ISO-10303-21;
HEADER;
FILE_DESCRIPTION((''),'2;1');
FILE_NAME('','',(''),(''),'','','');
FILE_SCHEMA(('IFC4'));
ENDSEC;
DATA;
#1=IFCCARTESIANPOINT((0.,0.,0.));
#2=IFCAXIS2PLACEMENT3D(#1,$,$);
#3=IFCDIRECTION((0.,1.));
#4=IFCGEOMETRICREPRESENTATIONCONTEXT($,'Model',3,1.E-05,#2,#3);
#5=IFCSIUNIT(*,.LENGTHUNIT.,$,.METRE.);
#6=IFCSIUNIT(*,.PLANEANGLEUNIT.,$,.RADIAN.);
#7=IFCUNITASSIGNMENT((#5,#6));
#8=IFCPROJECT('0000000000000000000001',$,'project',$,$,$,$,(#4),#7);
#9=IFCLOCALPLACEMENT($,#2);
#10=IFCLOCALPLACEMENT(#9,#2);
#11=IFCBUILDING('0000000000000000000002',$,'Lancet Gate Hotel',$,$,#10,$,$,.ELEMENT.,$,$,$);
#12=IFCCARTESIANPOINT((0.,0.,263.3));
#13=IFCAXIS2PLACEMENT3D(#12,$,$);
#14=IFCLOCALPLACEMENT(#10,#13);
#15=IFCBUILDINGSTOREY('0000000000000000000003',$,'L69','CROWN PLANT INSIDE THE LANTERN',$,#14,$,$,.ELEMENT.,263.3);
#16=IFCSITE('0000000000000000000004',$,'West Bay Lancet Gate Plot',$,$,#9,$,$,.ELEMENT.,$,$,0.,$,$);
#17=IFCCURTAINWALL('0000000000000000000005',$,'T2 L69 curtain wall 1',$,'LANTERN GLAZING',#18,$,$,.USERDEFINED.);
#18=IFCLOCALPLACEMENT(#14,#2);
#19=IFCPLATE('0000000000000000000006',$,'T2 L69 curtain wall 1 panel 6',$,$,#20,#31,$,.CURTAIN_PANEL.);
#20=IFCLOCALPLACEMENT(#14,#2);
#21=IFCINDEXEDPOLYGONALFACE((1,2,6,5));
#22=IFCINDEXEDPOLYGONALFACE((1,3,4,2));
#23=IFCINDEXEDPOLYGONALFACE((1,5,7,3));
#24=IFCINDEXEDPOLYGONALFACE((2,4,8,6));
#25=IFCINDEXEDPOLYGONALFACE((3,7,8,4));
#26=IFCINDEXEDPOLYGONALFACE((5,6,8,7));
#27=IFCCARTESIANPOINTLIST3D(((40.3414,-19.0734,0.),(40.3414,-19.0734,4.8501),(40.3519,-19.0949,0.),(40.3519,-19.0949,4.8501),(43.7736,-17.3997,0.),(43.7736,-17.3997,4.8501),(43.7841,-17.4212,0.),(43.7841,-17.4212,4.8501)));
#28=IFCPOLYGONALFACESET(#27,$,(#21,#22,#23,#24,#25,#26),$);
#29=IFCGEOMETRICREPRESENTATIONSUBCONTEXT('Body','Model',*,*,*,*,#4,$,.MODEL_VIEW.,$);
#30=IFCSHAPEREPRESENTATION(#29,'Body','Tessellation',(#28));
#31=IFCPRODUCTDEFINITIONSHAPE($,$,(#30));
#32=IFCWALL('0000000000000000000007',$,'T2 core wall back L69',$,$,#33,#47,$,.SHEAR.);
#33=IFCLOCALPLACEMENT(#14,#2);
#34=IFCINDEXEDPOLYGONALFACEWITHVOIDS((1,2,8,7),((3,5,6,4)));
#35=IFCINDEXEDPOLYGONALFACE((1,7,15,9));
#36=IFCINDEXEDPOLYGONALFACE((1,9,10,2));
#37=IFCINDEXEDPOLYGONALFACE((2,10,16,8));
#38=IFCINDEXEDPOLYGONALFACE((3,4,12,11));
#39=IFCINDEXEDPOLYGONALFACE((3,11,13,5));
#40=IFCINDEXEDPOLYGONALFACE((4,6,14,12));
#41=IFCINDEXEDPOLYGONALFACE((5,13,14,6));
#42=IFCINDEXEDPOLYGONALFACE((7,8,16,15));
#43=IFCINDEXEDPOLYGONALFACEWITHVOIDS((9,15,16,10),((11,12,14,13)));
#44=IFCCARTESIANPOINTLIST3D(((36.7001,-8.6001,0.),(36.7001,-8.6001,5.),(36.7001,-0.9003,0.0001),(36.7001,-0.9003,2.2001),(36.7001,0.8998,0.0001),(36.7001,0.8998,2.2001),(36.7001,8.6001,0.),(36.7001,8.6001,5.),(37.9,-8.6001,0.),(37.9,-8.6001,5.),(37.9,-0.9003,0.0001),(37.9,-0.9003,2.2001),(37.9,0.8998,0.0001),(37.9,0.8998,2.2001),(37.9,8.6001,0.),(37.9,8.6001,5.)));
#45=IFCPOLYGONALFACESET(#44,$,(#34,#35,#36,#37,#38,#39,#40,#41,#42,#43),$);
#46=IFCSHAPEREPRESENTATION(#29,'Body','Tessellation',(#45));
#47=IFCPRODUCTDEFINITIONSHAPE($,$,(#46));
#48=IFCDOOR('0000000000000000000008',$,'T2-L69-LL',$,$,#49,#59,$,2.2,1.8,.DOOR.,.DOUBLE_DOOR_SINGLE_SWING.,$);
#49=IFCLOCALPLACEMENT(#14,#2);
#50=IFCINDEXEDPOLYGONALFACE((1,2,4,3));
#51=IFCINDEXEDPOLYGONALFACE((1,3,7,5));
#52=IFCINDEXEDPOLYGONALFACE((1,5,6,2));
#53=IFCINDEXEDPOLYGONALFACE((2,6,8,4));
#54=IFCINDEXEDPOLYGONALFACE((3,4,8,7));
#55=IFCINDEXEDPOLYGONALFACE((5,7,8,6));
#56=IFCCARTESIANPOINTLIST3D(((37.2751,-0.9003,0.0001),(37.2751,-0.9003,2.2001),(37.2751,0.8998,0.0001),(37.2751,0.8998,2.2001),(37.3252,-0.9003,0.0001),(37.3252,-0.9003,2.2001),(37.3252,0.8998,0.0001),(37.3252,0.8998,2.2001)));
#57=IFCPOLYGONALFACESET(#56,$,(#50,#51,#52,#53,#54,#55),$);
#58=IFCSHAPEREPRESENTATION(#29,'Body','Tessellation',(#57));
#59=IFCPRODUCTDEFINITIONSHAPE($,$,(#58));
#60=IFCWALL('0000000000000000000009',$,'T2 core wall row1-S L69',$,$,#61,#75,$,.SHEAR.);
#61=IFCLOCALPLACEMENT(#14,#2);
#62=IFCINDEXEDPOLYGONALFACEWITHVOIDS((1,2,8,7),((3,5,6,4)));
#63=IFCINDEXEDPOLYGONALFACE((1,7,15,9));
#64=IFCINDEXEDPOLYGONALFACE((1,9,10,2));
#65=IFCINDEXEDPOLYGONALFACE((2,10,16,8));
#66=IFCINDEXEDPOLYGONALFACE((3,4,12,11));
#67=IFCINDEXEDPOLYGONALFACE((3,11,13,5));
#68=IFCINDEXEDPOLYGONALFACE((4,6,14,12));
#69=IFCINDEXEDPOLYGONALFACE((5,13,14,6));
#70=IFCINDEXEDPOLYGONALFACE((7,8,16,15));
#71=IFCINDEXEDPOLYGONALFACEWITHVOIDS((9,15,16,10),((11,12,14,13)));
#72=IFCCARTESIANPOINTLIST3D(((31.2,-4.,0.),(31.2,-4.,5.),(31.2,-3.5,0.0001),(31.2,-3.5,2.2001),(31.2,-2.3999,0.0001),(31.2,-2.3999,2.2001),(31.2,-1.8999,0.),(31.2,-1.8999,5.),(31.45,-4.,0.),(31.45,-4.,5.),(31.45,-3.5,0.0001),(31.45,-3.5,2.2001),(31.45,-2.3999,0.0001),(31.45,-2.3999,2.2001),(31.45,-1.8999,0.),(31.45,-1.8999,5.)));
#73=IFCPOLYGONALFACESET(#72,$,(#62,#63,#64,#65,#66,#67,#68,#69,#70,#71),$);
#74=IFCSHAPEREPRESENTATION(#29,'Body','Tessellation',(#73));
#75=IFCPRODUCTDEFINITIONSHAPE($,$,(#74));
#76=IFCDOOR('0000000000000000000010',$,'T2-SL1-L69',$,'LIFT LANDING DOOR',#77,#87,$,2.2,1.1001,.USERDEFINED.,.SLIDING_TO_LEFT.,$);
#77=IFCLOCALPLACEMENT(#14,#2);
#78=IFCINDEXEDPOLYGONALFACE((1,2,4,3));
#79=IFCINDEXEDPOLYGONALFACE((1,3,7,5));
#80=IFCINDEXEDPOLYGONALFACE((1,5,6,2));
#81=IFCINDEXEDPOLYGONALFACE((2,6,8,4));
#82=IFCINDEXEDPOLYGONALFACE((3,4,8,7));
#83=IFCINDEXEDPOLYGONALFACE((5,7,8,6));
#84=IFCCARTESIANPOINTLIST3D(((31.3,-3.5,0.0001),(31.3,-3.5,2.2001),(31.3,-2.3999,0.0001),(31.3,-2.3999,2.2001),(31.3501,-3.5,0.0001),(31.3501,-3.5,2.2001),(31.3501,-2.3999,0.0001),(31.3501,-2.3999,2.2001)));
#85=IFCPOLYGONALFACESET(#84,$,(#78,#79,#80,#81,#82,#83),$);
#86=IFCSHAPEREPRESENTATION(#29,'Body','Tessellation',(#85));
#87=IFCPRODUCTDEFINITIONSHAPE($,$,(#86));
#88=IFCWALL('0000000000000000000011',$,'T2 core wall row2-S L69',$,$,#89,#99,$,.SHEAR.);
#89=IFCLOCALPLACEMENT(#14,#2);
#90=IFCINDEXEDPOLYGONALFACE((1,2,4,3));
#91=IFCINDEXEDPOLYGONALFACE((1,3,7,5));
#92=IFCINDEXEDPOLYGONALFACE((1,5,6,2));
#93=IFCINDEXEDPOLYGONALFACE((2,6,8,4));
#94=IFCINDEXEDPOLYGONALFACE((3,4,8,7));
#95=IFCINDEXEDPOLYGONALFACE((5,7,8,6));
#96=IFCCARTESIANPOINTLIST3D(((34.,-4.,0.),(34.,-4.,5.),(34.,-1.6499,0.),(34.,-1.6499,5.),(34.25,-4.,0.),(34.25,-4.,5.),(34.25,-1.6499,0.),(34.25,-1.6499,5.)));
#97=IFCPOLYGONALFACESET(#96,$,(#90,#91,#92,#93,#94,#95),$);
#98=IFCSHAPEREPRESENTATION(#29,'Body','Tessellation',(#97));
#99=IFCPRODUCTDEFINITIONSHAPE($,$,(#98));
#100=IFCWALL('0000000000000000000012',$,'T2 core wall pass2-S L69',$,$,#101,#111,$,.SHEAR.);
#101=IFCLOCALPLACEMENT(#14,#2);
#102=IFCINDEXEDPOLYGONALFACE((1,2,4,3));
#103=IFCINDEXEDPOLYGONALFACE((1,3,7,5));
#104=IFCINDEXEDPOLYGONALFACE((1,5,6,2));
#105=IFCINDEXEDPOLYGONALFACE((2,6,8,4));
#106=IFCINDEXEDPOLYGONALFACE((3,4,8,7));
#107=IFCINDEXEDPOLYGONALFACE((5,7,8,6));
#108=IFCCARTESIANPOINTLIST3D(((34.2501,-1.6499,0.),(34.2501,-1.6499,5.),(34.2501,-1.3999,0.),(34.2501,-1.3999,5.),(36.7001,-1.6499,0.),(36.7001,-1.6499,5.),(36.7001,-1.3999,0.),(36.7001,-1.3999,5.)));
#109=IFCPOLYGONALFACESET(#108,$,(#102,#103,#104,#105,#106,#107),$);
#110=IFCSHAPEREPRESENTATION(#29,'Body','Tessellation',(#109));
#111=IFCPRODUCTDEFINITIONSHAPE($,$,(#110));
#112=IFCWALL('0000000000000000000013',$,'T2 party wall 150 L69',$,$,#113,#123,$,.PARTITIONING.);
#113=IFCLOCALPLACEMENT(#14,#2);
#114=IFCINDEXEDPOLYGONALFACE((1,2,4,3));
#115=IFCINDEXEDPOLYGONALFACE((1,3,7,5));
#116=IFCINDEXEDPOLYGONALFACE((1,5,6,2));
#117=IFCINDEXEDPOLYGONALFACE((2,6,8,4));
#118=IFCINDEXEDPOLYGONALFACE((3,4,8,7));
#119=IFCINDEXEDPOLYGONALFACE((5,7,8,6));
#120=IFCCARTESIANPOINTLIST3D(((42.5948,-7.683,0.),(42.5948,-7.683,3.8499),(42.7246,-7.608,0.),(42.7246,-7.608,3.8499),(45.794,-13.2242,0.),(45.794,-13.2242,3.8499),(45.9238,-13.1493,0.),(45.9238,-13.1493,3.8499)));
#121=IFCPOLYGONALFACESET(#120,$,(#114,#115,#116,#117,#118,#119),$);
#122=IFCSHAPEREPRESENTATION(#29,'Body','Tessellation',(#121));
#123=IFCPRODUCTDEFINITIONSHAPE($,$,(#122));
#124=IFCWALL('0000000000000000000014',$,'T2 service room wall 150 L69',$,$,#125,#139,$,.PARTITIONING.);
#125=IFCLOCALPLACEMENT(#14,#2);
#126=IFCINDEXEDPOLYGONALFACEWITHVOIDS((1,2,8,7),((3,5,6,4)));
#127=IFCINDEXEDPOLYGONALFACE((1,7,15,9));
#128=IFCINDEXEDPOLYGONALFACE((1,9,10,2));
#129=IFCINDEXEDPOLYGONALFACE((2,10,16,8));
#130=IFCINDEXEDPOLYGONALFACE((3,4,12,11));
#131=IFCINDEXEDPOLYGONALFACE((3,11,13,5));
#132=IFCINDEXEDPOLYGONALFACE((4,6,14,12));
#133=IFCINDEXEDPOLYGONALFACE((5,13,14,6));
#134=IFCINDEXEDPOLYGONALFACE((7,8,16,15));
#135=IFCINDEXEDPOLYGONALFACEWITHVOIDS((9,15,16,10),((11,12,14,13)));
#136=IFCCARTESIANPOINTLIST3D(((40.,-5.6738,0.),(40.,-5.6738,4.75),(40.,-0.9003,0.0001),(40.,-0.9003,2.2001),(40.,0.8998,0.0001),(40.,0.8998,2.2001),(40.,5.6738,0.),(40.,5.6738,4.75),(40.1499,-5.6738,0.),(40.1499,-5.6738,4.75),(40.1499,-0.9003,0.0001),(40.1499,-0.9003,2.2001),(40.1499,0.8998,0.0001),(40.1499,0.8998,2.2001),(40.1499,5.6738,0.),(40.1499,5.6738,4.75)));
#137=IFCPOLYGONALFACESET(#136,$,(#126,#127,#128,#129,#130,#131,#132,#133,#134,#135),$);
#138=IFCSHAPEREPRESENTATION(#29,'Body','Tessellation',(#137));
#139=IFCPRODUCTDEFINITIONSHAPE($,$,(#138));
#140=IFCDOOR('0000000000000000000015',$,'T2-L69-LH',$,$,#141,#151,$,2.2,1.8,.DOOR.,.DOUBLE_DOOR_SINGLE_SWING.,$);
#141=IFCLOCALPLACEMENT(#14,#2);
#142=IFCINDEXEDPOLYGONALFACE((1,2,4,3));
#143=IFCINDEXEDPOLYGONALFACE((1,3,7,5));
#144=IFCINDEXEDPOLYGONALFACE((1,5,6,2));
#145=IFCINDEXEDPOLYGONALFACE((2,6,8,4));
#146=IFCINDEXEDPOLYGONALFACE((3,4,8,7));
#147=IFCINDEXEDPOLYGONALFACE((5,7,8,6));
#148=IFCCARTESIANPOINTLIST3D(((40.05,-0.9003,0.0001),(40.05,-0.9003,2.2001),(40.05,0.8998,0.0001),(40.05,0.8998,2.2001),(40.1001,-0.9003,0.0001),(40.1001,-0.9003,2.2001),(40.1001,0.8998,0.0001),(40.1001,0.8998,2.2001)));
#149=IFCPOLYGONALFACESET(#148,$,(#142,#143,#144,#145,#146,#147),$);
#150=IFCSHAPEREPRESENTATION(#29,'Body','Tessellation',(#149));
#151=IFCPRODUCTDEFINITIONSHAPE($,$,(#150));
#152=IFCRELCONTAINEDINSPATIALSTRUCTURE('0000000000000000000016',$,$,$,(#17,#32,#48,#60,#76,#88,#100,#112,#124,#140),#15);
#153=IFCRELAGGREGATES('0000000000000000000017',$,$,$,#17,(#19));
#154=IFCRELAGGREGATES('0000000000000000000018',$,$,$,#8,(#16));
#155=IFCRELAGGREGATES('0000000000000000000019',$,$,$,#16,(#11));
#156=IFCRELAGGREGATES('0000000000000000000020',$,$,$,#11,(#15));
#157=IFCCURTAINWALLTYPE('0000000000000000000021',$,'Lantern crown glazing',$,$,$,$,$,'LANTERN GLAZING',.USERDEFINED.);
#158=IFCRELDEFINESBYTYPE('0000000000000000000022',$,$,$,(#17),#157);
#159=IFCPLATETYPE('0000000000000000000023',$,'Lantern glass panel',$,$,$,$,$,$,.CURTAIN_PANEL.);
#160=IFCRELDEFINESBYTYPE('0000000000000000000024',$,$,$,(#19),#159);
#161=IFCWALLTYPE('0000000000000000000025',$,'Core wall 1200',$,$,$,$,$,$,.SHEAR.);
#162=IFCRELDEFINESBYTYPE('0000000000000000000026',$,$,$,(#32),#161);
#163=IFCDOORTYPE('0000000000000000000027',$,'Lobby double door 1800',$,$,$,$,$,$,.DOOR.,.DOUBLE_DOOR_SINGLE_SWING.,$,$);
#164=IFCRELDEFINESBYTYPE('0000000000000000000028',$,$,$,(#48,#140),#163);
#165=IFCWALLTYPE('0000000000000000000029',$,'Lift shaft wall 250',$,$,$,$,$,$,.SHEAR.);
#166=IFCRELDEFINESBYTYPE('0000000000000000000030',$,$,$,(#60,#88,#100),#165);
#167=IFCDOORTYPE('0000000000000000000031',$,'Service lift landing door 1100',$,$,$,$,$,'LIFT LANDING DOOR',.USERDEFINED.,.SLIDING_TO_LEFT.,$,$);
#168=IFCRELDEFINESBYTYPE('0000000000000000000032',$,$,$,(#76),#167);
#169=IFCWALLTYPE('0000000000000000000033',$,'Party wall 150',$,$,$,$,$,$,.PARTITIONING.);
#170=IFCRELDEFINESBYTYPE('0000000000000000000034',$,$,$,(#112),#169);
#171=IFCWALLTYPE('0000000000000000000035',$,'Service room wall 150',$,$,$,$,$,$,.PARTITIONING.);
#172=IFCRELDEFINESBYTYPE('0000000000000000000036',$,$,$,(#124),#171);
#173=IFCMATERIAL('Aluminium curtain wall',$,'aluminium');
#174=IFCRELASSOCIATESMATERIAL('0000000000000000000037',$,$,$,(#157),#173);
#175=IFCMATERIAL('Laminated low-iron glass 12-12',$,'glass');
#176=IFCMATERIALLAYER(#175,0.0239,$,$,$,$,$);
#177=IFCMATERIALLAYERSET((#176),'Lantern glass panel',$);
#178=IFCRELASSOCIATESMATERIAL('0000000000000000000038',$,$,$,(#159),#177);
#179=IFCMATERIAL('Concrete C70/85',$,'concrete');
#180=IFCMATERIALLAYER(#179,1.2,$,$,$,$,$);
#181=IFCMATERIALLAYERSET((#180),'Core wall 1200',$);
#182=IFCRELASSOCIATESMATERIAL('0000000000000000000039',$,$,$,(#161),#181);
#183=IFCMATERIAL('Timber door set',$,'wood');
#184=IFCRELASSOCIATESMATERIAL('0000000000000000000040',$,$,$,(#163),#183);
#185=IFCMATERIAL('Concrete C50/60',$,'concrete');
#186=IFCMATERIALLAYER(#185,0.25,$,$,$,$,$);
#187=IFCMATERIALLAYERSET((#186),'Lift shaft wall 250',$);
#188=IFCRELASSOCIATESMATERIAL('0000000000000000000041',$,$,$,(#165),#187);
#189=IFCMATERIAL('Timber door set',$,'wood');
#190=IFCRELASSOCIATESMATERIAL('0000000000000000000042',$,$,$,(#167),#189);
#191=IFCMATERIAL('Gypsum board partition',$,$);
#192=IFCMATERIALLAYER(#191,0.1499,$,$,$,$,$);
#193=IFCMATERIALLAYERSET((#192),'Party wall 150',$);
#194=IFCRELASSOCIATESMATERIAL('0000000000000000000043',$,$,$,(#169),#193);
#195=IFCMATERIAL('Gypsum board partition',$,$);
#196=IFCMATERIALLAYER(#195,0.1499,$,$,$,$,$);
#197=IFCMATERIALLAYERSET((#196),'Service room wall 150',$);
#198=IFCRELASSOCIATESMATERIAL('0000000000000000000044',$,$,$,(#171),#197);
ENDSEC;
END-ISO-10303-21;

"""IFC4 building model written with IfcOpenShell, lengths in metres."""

from ifc_helpers import new_model, si_unit, direction, frame, frame_2d, origin, origin_2d, place, context, subcontext, project, spatial, rectangle, extrude, material, layer, layer_set, type_object, element, fill, aggregate, save


model = new_model("IFC4")

# Units and contexts
model_context = context("Model", 3, precision=1e-05, world=origin(), true_north=direction((0.0, 1.0)))
body_context = subcontext(model_context, "Body", "Model", "MODEL_VIEW")
ifc_project = project(units=[si_unit("LENGTHUNIT", "METRE"), si_unit("PLANEANGLEUNIT", "RADIAN")], contexts=[model_context])

# Site, building, storey
site_placement = place(None, origin())
site = spatial("IfcSite", under=ifc_project, at=site_placement, Name="West Bay Lancet Gate Plot", CompositionType="ELEMENT", RefElevation=0.0)
building_placement = place(site_placement, origin())
building = spatial("IfcBuilding", under=site, at=building_placement, Name="Lancet Gate Hotel", CompositionType="ELEMENT")
storey_placement = place(building_placement, frame((0.0, 0.0, 263.3)))
storey = spatial("IfcBuildingStorey", under=building, at=storey_placement, Name="L69", Description="CROWN PLANT INSIDE THE LANTERN", CompositionType="ELEMENT", Elevation=263.3)

# Curtain wall
ifc_material_1 = material(Name="Aluminium curtain wall", Category="aluminium")
curtain_wall_type = type_object("IfcCurtainWallType", Name="Lantern crown glazing", ElementType="LANTERN GLAZING", PredefinedType="USERDEFINED", material=ifc_material_1)
curtain_wall_placement = place(storey_placement, origin())
curtain_wall = element("IfcCurtainWall", 1, at=curtain_wall_placement, inside=storey, type_object=curtain_wall_type, Name="T2 L69 curtain wall 1", ObjectType="LANTERN GLAZING", PredefinedType="USERDEFINED")

# Plate
ifc_material_2 = material(Name="Laminated low-iron glass 12-12", Category="glass")
ifc_layer_1 = layer(ifc_material_2, 0.0239)
ifc_layer_set_1 = layer_set([ifc_layer_1], Name="Lantern glass panel")
plate_type = type_object("IfcPlateType", Name="Lantern glass panel", PredefinedType="CURTAIN_PANEL", material=ifc_layer_set_1)
plate_1_placement = place(storey_placement, frame((42.0627, -18.2473, 0.0), z_axis=(0.0, 0.0, 1.0), x_axis=(0.898823, 0.438311, 0.0)))
plate_1 = element("IfcPlate", 2, at=plate_1_placement, type_object=plate_type, Name="T2 L69 curtain wall 1 panel 6", PredefinedType="CURTAIN_PANEL", context=body_context, shape_type="SweptSolid", body=[
    extrude(rectangle(XDim=3.8186, YDim=0.0239, at=origin_2d()), origin(), (0.0, 0.0, 1.0), 4.8501),
])
aggregate(curtain_wall, [plate_1])

# Walls, openings, doors
ifc_material_3 = material(Name="Concrete C70/85", Category="concrete")
ifc_layer_2 = layer(ifc_material_3, 1.2)
ifc_layer_set_2 = layer_set([ifc_layer_2], Name="Core wall 1200")
wall_type_1 = type_object("IfcWallType", Name="Core wall 1200", PredefinedType="SHEAR", material=ifc_layer_set_2)
wall_1_placement = place(storey_placement, frame((37.3, -8.6001, 0.0), z_axis=(0.0, 0.0, 1.0), x_axis=(0.0, 1.0, 0.0)))
wall_1 = element("IfcWall", 3, at=wall_1_placement, inside=storey, type_object=wall_type_1, Name="T2 core wall back L69", PredefinedType="SHEAR", context=body_context, shape_type="SweptSolid", body=[
    extrude(rectangle(XDim=17.2002, YDim=1.2, at=frame_2d((8.6001, 0.0))), origin(), (0.0, 0.0, 1.0), 5.0),
])
opening_1_placement = place(wall_1_placement, frame((7.7, 0.0, 0.0)))
opening_1 = element("IfcOpeningElement", 4, at=opening_1_placement, cuts=wall_1, PredefinedType="OPENING", context=body_context, shape_type="SweptSolid", body=[
    extrude(rectangle(XDim=1.8, YDim=2.2, at=frame_2d((0.8999, 1.1001))), frame((0.0, 0.6099, 0.0), z_axis=(0.0, -1.0, 0.0), x_axis=(1.0, 0.0, 0.0)), (0.0, 0.0, 1.0), 1.22),
])
ifc_material_4 = material(Name="Timber door set", Category="wood")
door_type_1 = type_object("IfcDoorType", Name="Lobby double door 1800", OperationType="DOUBLE_DOOR_SINGLE_SWING", PredefinedType="DOOR", material=ifc_material_4)
door_1_placement = place(opening_1_placement, origin())
door_1 = element("IfcDoor", 5, at=door_1_placement, inside=storey, type_object=door_type_1, Name="T2-L69-LL", OperationType="DOUBLE_DOOR_SINGLE_SWING", OverallHeight=2.2, OverallWidth=1.8, PredefinedType="DOOR", context=body_context, shape_type="SweptSolid", body=[
    extrude(rectangle(XDim=1.8, YDim=2.2, at=frame_2d((0.8999, 1.1001))), frame((0.0, 0.0249, 0.0), z_axis=(0.0, -1.0, 0.0), x_axis=(1.0, 0.0, 0.0)), (0.0, 0.0, 1.0), 0.05),
])
fill(opening_1, door_1)
ifc_material_5 = material(Name="Concrete C50/60", Category="concrete")
ifc_layer_3 = layer(ifc_material_5, 0.25)
ifc_layer_set_3 = layer_set([ifc_layer_3], Name="Lift shaft wall 250")
wall_type_2 = type_object("IfcWallType", Name="Lift shaft wall 250", PredefinedType="SHEAR", material=ifc_layer_set_3)
wall_2_placement = place(storey_placement, frame((31.325, -4.0, 0.0), z_axis=(0.0, 0.0, 1.0), x_axis=(0.0, 1.0, 0.0)))
wall_2 = element("IfcWall", 6, at=wall_2_placement, inside=storey, type_object=wall_type_2, Name="T2 core wall row1-S L69", PredefinedType="SHEAR", context=body_context, shape_type="SweptSolid", body=[
    extrude(rectangle(XDim=2.1001, YDim=0.25, at=frame_2d((1.05, 0.0))), origin(), (0.0, 0.0, 1.0), 5.0),
])
opening_2_placement = place(wall_2_placement, frame((0.5, 0.0, 0.0)))
opening_2 = element("IfcOpeningElement", 7, at=opening_2_placement, cuts=wall_2, PredefinedType="OPENING", context=body_context, shape_type="SweptSolid", body=[
    extrude(rectangle(XDim=1.1001, YDim=2.2, at=frame_2d((0.55, 1.1001))), frame((0.0, 0.135, 0.0), z_axis=(0.0, -1.0, 0.0), x_axis=(1.0, 0.0, 0.0)), (0.0, 0.0, 1.0), 0.27),
])
ifc_material_6 = material(Name="Timber door set", Category="wood")
door_type_2 = type_object("IfcDoorType", Name="Service lift landing door 1100", ElementType="LIFT LANDING DOOR", OperationType="SLIDING_TO_LEFT", PredefinedType="USERDEFINED", material=ifc_material_6)
door_2_placement = place(opening_2_placement, origin())
door_2 = element("IfcDoor", 8, at=door_2_placement, inside=storey, type_object=door_type_2, Name="T2-SL1-L69", ObjectType="LIFT LANDING DOOR", OperationType="SLIDING_TO_LEFT", OverallHeight=2.2, OverallWidth=1.1001, PredefinedType="USERDEFINED", context=body_context, shape_type="SweptSolid", body=[
    extrude(rectangle(XDim=1.1001, YDim=2.2, at=frame_2d((0.55, 1.1001))), frame((0.0, 0.0249, 0.0), z_axis=(0.0, -1.0, 0.0), x_axis=(1.0, 0.0, 0.0)), (0.0, 0.0, 1.0), 0.05),
])
fill(opening_2, door_2)

# Walls
wall_3_placement = place(storey_placement, frame((34.125, -4.0, 0.0), z_axis=(0.0, 0.0, 1.0), x_axis=(0.0, 1.0, 0.0)))
element("IfcWall", 9, at=wall_3_placement, inside=storey, type_object=wall_type_2, Name="T2 core wall row2-S L69", PredefinedType="SHEAR", context=body_context, shape_type="SweptSolid", body=[
    extrude(rectangle(XDim=2.3501, YDim=0.25, at=frame_2d((1.175, 0.0))), origin(), (0.0, 0.0, 1.0), 5.0),
])
wall_4_placement = place(storey_placement, frame((34.25, -1.5249, 0.0), z_axis=(0.0, 0.0, 1.0), x_axis=(1.0, 0.0, 0.0)))
element("IfcWall", 10, at=wall_4_placement, inside=storey, type_object=wall_type_2, Name="T2 core wall pass2-S L69", PredefinedType="SHEAR", context=body_context, shape_type="SweptSolid", body=[
    extrude(rectangle(XDim=2.45, YDim=0.25, at=frame_2d((1.2251, 0.0))), origin(), (0.0, 0.0, 1.0), 5.0),
])
ifc_material_7 = material(Name="Gypsum board partition")
ifc_layer_4 = layer(ifc_material_7, 0.1499)
ifc_layer_set_4 = layer_set([ifc_layer_4], Name="Party wall 150")
wall_type_3 = type_object("IfcWallType", Name="Party wall 150", PredefinedType="PARTITIONING", material=ifc_layer_set_4)
wall_5_placement = place(storey_placement, frame((42.6597, -7.6455, 0.0), z_axis=(0.0, 0.0, 1.0), x_axis=(0.499997, -0.866027, 0.0)))
element("IfcWall", 11, at=wall_5_placement, inside=storey, type_object=wall_type_3, Name="T2 party wall 150 L69", PredefinedType="PARTITIONING", context=body_context, shape_type="SweptSolid", body=[
    extrude(rectangle(XDim=6.3984, YDim=0.1499, at=frame_2d((3.1992, 0.0))), origin(), (0.0, 0.0, 1.0), 3.8499),
])

# Wall, opening, door
ifc_material_8 = material(Name="Gypsum board partition")
ifc_layer_5 = layer(ifc_material_8, 0.1499)
ifc_layer_set_5 = layer_set([ifc_layer_5], Name="Service room wall 150")
wall_type_4 = type_object("IfcWallType", Name="Service room wall 150", PredefinedType="PARTITIONING", material=ifc_layer_set_5)
wall_6_placement = place(storey_placement, frame((40.075, -5.6738, 0.0), z_axis=(0.0, 0.0, 1.0), x_axis=(0.0, 1.0, 0.0)))
wall_6 = element("IfcWall", 12, at=wall_6_placement, inside=storey, type_object=wall_type_4, Name="T2 service room wall 150 L69", PredefinedType="PARTITIONING", context=body_context, shape_type="SweptSolid", body=[
    extrude(rectangle(XDim=11.3477, YDim=0.1499, at=frame_2d((5.6738, 0.0))), origin(), (0.0, 0.0, 1.0), 4.75),
])
opening_3_placement = place(wall_6_placement, frame((4.7737, 0.0, 0.0)))
opening_3 = element("IfcOpeningElement", 13, at=opening_3_placement, cuts=wall_6, PredefinedType="OPENING", context=body_context, shape_type="SweptSolid", body=[
    extrude(rectangle(XDim=1.8, YDim=2.2, at=frame_2d((0.8999, 1.1001))), frame((0.0, 0.085, 0.0), z_axis=(0.0, -1.0, 0.0), x_axis=(1.0, 0.0, 0.0)), (0.0, 0.0, 1.0), 0.1699),
])
door_3_placement = place(opening_3_placement, origin())
door_3 = element("IfcDoor", 14, at=door_3_placement, inside=storey, type_object=door_type_1, Name="T2-L69-LH", OperationType="DOUBLE_DOOR_SINGLE_SWING", OverallHeight=2.2, OverallWidth=1.8, PredefinedType="DOOR", context=body_context, shape_type="SweptSolid", body=[
    extrude(rectangle(XDim=1.8, YDim=2.2, at=frame_2d((0.8999, 1.1001))), frame((0.0, 0.0249, 0.0), z_axis=(0.0, -1.0, 0.0), x_axis=(1.0, 0.0, 0.0)), (0.0, 0.0, 1.0), 0.05),
])
fill(opening_3, door_3)

save(model, "model.ifc")
